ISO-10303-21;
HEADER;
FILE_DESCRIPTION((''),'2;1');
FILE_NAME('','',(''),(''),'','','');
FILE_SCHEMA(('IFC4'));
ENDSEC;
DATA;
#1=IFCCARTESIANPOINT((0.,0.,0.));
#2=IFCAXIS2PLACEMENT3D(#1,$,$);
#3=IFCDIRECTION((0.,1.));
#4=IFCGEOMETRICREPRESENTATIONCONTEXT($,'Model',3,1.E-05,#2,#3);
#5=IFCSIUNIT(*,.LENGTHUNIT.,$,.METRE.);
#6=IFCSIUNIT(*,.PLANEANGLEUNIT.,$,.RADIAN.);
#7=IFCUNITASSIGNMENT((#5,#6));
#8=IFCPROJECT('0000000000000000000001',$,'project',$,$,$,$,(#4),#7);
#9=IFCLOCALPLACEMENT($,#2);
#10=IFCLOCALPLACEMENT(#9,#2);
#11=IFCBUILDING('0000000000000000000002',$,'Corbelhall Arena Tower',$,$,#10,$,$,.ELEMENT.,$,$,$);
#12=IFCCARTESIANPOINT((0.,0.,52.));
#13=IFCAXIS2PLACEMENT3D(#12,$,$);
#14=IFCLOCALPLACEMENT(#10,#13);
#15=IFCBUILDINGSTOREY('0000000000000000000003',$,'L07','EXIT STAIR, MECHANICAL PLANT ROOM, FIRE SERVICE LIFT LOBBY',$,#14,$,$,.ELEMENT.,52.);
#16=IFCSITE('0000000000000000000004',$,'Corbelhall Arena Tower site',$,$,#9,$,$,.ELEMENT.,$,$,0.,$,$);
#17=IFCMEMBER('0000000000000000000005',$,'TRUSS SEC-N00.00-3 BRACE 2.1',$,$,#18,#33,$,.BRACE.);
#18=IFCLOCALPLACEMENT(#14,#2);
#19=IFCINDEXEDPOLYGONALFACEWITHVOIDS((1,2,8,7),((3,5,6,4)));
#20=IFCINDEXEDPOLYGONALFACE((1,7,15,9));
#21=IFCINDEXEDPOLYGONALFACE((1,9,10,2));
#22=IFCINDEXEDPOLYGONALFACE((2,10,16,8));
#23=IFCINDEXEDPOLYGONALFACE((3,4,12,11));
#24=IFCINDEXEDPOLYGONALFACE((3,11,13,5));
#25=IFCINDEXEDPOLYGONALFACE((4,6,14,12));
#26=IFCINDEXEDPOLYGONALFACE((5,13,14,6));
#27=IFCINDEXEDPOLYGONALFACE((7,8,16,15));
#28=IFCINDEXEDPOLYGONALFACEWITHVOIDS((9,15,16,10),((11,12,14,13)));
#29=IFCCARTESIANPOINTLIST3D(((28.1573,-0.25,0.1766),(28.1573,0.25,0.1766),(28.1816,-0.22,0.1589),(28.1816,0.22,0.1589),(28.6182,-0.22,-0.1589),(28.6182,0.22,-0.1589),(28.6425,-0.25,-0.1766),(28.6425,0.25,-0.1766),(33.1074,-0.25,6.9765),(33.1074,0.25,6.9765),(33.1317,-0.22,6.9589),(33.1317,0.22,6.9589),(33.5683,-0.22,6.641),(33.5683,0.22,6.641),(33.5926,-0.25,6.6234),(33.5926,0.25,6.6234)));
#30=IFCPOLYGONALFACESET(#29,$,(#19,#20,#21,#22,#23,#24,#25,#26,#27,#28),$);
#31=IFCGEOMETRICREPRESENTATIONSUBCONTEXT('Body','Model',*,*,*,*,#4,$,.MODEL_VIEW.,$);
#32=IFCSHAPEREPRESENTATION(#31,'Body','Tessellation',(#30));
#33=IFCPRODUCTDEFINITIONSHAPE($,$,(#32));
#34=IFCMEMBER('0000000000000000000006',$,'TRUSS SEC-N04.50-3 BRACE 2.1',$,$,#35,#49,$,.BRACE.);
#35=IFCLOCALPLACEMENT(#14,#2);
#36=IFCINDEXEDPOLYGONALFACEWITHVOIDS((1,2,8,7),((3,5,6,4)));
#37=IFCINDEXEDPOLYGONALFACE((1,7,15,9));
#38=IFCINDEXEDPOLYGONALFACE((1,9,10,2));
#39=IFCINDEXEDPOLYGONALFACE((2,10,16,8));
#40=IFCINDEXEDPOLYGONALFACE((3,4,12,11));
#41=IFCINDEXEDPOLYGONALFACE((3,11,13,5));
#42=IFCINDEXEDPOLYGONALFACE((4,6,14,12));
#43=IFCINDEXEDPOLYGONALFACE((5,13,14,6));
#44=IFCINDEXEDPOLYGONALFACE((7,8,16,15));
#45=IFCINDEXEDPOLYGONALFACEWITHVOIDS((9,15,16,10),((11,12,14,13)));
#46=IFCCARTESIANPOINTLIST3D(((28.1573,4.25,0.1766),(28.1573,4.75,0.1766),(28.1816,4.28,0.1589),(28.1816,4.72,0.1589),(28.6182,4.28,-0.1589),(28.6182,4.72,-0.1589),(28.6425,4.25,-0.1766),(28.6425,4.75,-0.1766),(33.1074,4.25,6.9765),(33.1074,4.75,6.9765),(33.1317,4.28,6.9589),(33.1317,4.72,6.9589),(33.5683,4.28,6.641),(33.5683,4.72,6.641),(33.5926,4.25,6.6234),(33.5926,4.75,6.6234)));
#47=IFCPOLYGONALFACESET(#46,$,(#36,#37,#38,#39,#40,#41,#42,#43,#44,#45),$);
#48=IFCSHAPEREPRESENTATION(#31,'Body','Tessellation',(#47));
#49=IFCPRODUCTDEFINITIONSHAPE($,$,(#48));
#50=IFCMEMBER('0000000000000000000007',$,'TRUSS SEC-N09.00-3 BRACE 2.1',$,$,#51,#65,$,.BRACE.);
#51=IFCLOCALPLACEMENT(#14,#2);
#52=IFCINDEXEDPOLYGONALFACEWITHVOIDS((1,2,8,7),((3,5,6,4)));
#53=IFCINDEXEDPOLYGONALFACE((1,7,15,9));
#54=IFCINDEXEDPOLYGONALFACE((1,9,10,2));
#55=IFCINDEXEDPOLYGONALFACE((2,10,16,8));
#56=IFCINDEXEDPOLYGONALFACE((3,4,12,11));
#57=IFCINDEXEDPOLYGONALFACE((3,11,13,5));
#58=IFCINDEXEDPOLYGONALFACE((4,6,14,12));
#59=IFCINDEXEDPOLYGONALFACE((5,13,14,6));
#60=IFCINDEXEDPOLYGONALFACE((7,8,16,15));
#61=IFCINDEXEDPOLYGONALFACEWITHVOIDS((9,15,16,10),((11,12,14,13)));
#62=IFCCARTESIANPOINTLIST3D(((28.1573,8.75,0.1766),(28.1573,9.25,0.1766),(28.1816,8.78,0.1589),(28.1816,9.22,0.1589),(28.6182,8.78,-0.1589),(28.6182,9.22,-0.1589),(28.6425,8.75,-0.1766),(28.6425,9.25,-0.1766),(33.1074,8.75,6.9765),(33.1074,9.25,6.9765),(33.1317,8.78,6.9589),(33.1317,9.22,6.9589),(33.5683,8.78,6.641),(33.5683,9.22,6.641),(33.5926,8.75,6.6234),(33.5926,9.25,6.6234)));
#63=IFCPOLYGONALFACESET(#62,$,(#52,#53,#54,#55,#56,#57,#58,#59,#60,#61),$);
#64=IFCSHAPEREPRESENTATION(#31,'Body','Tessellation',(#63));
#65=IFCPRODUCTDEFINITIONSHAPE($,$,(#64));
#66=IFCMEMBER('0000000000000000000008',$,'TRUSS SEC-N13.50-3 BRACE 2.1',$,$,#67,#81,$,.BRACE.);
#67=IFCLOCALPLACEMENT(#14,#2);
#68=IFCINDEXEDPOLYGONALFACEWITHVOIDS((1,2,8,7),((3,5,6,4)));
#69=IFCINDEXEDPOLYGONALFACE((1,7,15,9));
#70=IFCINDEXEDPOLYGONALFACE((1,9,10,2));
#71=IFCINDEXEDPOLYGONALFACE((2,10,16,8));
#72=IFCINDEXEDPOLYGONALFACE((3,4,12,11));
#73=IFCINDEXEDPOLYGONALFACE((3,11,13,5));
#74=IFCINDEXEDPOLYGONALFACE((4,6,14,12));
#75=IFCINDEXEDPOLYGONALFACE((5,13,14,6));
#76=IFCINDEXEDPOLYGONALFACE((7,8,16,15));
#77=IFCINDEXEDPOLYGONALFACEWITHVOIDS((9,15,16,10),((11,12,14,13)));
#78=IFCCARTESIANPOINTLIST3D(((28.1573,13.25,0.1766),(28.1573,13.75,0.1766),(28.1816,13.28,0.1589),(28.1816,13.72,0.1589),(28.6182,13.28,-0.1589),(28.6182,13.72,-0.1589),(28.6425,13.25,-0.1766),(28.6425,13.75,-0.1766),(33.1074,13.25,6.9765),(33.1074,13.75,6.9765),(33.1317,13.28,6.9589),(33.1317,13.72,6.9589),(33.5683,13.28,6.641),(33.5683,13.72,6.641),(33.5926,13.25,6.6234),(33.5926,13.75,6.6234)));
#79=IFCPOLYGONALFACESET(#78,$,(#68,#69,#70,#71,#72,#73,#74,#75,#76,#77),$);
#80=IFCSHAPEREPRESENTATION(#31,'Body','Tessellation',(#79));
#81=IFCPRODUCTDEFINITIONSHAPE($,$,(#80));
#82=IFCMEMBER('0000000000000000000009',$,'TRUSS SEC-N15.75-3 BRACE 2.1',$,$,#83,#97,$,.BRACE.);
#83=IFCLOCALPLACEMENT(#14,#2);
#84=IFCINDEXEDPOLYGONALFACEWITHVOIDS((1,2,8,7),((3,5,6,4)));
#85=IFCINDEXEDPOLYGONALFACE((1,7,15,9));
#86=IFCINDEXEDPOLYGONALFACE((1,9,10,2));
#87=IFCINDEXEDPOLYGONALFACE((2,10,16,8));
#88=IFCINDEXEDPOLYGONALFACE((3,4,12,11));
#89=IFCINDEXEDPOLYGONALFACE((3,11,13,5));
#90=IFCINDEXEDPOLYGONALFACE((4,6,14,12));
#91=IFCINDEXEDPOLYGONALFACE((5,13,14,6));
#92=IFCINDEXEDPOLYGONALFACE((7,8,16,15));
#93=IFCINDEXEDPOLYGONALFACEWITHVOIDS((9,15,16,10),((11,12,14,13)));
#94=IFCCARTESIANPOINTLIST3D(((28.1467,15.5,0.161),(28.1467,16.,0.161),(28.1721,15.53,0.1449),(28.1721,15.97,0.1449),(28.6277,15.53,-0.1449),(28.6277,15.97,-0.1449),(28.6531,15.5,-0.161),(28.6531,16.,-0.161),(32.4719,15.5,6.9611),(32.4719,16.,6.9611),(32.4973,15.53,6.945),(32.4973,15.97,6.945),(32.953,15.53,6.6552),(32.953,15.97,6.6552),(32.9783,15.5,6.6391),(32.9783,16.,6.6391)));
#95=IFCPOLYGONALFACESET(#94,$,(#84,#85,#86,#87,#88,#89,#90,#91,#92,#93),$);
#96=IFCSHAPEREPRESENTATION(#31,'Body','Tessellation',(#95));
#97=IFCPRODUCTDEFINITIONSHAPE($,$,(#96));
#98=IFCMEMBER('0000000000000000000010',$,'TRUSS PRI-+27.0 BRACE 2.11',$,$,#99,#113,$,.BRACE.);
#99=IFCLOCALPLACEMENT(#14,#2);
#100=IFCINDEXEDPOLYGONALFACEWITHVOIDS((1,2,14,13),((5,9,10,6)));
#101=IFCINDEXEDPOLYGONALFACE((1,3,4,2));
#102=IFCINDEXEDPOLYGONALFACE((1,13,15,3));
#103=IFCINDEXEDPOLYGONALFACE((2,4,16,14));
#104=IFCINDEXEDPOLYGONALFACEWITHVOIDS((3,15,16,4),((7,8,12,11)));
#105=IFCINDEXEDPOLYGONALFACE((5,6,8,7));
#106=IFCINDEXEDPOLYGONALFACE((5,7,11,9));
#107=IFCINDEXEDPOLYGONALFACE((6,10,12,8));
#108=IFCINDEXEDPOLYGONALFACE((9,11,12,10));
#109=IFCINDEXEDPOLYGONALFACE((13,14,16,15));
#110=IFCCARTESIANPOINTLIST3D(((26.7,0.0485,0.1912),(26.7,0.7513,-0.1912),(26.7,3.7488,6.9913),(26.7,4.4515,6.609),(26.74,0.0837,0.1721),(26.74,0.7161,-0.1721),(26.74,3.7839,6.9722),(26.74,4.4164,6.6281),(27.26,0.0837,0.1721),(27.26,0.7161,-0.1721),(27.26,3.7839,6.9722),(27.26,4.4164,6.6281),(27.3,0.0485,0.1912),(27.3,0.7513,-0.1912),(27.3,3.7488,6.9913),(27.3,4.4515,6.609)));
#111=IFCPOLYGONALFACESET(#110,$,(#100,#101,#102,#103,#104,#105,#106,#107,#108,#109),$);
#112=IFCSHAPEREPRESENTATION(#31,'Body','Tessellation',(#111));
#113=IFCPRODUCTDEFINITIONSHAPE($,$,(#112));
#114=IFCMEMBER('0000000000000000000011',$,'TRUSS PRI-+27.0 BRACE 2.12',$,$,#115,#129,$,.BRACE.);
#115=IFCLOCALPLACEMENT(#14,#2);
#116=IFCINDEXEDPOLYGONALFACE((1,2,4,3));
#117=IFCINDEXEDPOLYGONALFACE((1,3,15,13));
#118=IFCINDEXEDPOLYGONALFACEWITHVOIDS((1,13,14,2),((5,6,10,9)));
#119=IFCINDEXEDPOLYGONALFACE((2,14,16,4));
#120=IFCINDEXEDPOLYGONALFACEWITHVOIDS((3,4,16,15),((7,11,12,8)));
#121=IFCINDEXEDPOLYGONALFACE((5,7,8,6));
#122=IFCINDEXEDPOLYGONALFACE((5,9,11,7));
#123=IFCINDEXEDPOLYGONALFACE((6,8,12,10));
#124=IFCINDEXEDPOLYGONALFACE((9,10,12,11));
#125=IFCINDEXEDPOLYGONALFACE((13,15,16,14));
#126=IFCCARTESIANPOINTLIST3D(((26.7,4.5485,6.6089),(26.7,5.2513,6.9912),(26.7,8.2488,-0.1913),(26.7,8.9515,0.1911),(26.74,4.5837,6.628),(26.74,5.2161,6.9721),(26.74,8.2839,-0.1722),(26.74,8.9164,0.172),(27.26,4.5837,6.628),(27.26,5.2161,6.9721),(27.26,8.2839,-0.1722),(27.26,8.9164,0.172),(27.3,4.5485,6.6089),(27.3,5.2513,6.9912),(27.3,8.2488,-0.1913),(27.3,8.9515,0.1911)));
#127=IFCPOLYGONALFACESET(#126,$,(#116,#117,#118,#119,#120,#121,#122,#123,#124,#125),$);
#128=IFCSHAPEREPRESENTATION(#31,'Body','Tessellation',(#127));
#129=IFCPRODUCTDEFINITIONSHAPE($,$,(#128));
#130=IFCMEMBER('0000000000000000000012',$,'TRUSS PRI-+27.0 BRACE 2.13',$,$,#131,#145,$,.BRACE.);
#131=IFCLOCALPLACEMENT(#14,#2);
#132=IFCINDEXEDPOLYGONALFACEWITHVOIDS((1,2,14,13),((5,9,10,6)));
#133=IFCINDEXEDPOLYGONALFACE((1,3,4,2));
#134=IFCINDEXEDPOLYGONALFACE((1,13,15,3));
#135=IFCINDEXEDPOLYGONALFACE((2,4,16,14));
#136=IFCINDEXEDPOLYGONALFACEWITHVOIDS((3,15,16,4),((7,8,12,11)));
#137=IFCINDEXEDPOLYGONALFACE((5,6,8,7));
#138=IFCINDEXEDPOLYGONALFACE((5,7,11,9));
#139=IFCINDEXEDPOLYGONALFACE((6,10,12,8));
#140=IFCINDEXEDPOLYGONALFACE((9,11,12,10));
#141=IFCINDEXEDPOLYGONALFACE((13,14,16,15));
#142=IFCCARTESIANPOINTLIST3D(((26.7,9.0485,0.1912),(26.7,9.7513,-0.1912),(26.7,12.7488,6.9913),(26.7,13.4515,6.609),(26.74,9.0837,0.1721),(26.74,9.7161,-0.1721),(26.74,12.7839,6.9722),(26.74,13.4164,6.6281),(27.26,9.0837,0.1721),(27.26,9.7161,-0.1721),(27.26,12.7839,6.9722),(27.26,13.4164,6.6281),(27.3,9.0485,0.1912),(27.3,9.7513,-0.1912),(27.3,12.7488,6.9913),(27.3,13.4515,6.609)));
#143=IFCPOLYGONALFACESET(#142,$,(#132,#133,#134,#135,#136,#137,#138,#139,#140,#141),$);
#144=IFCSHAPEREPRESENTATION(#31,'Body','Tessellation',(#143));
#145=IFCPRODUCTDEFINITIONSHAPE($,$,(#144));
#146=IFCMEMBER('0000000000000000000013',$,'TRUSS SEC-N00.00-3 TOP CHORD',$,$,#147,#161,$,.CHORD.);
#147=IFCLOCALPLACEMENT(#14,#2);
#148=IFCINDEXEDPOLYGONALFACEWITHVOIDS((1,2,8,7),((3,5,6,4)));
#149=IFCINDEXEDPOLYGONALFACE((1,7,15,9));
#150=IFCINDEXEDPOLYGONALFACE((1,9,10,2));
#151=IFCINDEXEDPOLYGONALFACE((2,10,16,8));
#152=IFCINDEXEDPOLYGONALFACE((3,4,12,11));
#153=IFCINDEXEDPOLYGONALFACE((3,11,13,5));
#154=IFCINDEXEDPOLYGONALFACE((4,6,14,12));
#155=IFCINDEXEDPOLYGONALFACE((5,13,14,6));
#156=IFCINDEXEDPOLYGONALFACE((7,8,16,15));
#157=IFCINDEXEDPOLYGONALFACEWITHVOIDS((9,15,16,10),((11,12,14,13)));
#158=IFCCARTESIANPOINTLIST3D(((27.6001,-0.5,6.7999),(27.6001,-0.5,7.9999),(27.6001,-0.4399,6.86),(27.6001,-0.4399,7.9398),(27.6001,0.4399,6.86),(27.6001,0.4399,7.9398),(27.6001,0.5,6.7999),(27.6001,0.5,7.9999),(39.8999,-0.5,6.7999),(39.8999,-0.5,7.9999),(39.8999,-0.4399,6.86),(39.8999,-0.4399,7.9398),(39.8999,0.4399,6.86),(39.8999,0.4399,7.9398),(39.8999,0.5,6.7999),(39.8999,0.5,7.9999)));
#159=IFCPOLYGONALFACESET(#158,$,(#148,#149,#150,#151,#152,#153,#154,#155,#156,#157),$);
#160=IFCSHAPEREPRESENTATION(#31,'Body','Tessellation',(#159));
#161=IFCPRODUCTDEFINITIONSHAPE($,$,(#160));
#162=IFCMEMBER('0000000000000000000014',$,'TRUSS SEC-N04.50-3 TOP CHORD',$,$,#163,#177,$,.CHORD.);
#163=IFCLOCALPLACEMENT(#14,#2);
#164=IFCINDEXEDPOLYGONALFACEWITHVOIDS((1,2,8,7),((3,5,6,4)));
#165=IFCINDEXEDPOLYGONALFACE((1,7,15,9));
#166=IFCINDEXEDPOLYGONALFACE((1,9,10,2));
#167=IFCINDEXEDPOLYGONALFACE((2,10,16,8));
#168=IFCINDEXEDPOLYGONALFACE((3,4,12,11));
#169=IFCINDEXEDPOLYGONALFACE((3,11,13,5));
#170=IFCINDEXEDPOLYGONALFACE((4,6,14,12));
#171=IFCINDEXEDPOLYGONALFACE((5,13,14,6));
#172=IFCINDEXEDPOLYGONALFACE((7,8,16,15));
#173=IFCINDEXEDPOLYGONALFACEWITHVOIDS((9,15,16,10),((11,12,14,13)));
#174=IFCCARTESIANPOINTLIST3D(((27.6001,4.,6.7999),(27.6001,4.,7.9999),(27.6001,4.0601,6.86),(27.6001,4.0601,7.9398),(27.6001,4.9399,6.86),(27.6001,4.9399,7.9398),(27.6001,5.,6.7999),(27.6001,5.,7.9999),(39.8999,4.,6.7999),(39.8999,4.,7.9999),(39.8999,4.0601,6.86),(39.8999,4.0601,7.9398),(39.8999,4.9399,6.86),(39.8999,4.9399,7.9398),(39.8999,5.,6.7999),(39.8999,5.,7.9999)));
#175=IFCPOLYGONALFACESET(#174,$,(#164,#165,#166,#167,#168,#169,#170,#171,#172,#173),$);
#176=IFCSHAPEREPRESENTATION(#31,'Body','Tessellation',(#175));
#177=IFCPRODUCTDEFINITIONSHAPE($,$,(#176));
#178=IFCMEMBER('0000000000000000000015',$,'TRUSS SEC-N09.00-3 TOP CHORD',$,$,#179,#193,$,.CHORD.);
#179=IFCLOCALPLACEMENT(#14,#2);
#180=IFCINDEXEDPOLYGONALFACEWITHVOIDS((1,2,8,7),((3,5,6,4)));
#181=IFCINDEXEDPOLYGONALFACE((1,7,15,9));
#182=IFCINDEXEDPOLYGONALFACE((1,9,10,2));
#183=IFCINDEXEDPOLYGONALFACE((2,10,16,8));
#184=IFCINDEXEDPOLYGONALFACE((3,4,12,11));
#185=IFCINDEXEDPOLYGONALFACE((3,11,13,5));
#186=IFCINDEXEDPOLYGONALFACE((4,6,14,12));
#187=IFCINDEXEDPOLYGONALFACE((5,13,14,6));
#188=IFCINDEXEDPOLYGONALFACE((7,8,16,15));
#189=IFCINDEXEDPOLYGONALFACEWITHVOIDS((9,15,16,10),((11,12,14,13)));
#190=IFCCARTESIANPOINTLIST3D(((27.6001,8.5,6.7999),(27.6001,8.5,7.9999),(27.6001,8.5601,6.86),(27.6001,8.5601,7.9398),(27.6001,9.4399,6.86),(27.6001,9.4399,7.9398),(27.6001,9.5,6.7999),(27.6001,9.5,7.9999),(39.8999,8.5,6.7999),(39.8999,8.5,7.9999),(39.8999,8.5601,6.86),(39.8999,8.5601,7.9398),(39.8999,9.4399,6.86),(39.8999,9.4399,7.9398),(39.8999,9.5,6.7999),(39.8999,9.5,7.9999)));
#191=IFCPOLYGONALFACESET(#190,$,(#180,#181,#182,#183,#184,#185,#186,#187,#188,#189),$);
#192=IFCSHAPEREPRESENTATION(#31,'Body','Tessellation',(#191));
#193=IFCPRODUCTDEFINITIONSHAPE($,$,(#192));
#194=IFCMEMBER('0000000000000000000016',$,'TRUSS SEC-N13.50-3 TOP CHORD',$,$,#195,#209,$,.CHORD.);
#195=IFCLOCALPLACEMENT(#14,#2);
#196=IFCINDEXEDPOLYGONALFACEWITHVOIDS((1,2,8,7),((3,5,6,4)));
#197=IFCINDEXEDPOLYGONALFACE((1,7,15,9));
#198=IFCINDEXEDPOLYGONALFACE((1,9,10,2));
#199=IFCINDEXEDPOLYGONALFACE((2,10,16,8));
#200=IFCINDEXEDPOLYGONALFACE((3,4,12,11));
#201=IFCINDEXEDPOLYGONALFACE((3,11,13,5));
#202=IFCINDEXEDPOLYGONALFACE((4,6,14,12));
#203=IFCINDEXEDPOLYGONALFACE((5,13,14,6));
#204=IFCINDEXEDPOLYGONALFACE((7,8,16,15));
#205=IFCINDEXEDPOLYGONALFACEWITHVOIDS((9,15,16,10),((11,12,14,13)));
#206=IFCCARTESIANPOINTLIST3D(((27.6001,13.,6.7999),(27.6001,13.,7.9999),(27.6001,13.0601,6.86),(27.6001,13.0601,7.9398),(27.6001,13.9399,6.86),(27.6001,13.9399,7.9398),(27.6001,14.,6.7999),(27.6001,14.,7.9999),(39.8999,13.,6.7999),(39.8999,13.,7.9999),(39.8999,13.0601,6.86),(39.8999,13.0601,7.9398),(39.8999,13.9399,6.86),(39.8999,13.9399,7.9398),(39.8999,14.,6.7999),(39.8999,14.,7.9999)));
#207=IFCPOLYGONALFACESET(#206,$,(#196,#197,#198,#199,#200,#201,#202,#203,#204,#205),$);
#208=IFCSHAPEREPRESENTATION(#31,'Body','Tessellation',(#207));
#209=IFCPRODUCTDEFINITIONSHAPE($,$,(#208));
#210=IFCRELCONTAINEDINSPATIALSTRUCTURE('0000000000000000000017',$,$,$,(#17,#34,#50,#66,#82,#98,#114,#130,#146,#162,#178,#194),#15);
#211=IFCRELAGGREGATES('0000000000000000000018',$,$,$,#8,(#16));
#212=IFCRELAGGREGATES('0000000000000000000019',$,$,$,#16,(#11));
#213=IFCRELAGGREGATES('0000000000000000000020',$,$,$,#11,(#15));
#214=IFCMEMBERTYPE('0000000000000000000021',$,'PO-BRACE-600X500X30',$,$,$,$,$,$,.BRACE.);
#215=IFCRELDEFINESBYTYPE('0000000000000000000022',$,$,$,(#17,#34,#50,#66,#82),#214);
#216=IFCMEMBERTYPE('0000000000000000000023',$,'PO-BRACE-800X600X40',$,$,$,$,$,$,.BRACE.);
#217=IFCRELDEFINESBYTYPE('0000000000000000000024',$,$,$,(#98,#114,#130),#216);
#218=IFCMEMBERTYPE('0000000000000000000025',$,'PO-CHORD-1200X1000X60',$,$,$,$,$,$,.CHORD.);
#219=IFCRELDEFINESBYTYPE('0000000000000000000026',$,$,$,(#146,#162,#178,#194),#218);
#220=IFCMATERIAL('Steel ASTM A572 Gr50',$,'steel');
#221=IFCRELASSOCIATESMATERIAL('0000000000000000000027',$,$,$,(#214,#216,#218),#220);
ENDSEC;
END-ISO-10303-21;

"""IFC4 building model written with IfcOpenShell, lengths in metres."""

from ifc_helpers import new_model, si_unit, direction, frame, origin, origin_2d, place, context, subcontext, project, spatial, hollow_rectangle, extrude, material, material_profile, profile_set, type_object, element, save


model = new_model("IFC4")

# Units and contexts
model_context = context("Model", 3, precision=1e-05, world=origin(), true_north=direction((0.0, 1.0)))
body_context = subcontext(model_context, "Body", "Model", "MODEL_VIEW")
ifc_project = project(units=[si_unit("LENGTHUNIT", "METRE"), si_unit("PLANEANGLEUNIT", "RADIAN")], contexts=[model_context])

# Site, building, storey
site_placement = place(None, origin())
site = spatial("IfcSite", under=ifc_project, at=site_placement, Name="Corbelhall Arena Tower site", CompositionType="ELEMENT", RefElevation=0.0)
building_placement = place(site_placement, origin())
building = spatial("IfcBuilding", under=site, at=building_placement, Name="Corbelhall Arena Tower", CompositionType="ELEMENT")
storey_placement = place(building_placement, frame((0.0, 0.0, 52.0)))
storey = spatial("IfcBuildingStorey", under=building, at=storey_placement, Name="L07", Description="EXIT STAIR, MECHANICAL PLANT ROOM, FIRE SERVICE LIFT LOBBY", CompositionType="ELEMENT", Elevation=52.0)

# Members
ifc_material = material(Name="Steel ASTM A572 Gr50", Category="steel")
ifc_material_profile_1 = material_profile(ifc_material, hollow_rectangle(XDim=0.5, YDim=0.6001, WallThickness=0.03, at=origin_2d()))
ifc_profile_set_1 = profile_set([ifc_material_profile_1], Name="Steel ASTM A572 Gr50")
member_type_1 = type_object("IfcMemberType", Name="PO-BRACE-600X500X30", PredefinedType="BRACE", material=ifc_profile_set_1)
for number, where, z_axis, x_axis, name in (
    (1, (28.3999, 0.0, 0.0), (0.588538, 0.0, 0.80847), (0.0, 1.0, 0.0), "TRUSS SEC-N00.00-3 BRACE 2.1"),
    (2, (28.3999, 4.5, 0.0), (0.588538, 0.0, 0.80847), (0.0, 1.0, 0.0), "TRUSS SEC-N04.50-3 BRACE 2.1"),
    (3, (28.3999, 9.0, 0.0), (0.588538, 0.0, 0.80847), (0.0, 1.0, 0.0), "TRUSS SEC-N09.00-3 BRACE 2.1"),
    (4, (28.3999, 13.5, 0.0), (0.588538, 0.0, 0.80847), (0.0, 1.0, 0.0), "TRUSS SEC-N13.50-3 BRACE 2.1"),
):
    element("IfcMember", number, at=place(storey_placement, frame(where, z_axis=z_axis, x_axis=x_axis)), inside=storey, type_object=member_type_1, Name=name, PredefinedType="BRACE", context=body_context, shape_type="SweptSolid", body=[
        extrude(hollow_rectangle(XDim=0.5, YDim=0.6001, WallThickness=0.03, at=origin_2d()), origin(), (0.0, 0.0, 1.0), 8.4109),
    ])
member_placement = place(storey_placement, frame((28.3999, 15.75, 0.0), z_axis=(0.536689, 0.0, 0.84378), x_axis=(0.0, 1.0, 0.0)))
element("IfcMember", 5, at=member_placement, inside=storey, type_object=member_type_1, Name="TRUSS SEC-N15.75-3 BRACE 2.1", PredefinedType="BRACE", context=body_context, shape_type="SweptSolid", body=[
    extrude(hollow_rectangle(XDim=0.5, YDim=0.6001, WallThickness=0.03, at=origin_2d()), origin(), (0.0, 0.0, 1.0), 8.0591),
])
ifc_material_profile_2 = material_profile(ifc_material, hollow_rectangle(XDim=0.6001, YDim=0.8, WallThickness=0.04, at=origin_2d()))
ifc_profile_set_2 = profile_set([ifc_material_profile_2], Name="Steel ASTM A572 Gr50")
member_type_2 = type_object("IfcMemberType", Name="PO-BRACE-800X600X40", PredefinedType="BRACE", material=ifc_profile_set_2)
for number, where, z_axis, x_axis, name in (
    (6, (27.0, 0.3999, 0.0), (0.0, 0.477964, 0.87838), (-1.0, 0.0, 0.0), "TRUSS PRI-+27.0 BRACE 2.11"),
    (7, (27.0, 4.8999, 6.8), (0.0, 0.477964, -0.87838), (-1.0, 0.0, 0.0), "TRUSS PRI-+27.0 BRACE 2.12"),
    (8, (27.0, 9.3999, 0.0), (0.0, 0.477964, 0.87838), (-1.0, 0.0, 0.0), "TRUSS PRI-+27.0 BRACE 2.13"),
):
    element("IfcMember", number, at=place(storey_placement, frame(where, z_axis=z_axis, x_axis=x_axis)), inside=storey, type_object=member_type_2, Name=name, PredefinedType="BRACE", context=body_context, shape_type="SweptSolid", body=[
        extrude(hollow_rectangle(XDim=0.6001, YDim=0.8, WallThickness=0.04, at=origin_2d()), origin(), (0.0, 0.0, 1.0), 7.7417),
    ])
ifc_material_profile_3 = material_profile(ifc_material, hollow_rectangle(XDim=1.0, YDim=1.2, WallThickness=0.0601, at=origin_2d()))
ifc_profile_set_3 = profile_set([ifc_material_profile_3], Name="Steel ASTM A572 Gr50")
member_type_3 = type_object("IfcMemberType", Name="PO-CHORD-1200X1000X60", PredefinedType="CHORD", material=ifc_profile_set_3)
for number, where, z_axis, x_axis, name in (
    (9, (27.6001, 0.0, 7.3999), (1.0, 0.0, 0.0), (0.0, 1.0, 0.0), "TRUSS SEC-N00.00-3 TOP CHORD"),
    (10, (27.6001, 4.5, 7.3999), (1.0, 0.0, 0.0), (0.0, 1.0, 0.0), "TRUSS SEC-N04.50-3 TOP CHORD"),
    (11, (27.6001, 9.0, 7.3999), (1.0, 0.0, 0.0), (0.0, 1.0, 0.0), "TRUSS SEC-N09.00-3 TOP CHORD"),
    (12, (27.6001, 13.5, 7.3999), (1.0, 0.0, 0.0), (0.0, 1.0, 0.0), "TRUSS SEC-N13.50-3 TOP CHORD"),
):
    element("IfcMember", number, at=place(storey_placement, frame(where, z_axis=z_axis, x_axis=x_axis)), inside=storey, type_object=member_type_3, Name=name, PredefinedType="CHORD", context=body_context, shape_type="SweptSolid", body=[
        extrude(hollow_rectangle(XDim=1.0, YDim=1.2, WallThickness=0.0601, at=origin_2d()), origin(), (0.0, 0.0, 1.0), 12.2998),
    ])

save(model, "model.ifc")
